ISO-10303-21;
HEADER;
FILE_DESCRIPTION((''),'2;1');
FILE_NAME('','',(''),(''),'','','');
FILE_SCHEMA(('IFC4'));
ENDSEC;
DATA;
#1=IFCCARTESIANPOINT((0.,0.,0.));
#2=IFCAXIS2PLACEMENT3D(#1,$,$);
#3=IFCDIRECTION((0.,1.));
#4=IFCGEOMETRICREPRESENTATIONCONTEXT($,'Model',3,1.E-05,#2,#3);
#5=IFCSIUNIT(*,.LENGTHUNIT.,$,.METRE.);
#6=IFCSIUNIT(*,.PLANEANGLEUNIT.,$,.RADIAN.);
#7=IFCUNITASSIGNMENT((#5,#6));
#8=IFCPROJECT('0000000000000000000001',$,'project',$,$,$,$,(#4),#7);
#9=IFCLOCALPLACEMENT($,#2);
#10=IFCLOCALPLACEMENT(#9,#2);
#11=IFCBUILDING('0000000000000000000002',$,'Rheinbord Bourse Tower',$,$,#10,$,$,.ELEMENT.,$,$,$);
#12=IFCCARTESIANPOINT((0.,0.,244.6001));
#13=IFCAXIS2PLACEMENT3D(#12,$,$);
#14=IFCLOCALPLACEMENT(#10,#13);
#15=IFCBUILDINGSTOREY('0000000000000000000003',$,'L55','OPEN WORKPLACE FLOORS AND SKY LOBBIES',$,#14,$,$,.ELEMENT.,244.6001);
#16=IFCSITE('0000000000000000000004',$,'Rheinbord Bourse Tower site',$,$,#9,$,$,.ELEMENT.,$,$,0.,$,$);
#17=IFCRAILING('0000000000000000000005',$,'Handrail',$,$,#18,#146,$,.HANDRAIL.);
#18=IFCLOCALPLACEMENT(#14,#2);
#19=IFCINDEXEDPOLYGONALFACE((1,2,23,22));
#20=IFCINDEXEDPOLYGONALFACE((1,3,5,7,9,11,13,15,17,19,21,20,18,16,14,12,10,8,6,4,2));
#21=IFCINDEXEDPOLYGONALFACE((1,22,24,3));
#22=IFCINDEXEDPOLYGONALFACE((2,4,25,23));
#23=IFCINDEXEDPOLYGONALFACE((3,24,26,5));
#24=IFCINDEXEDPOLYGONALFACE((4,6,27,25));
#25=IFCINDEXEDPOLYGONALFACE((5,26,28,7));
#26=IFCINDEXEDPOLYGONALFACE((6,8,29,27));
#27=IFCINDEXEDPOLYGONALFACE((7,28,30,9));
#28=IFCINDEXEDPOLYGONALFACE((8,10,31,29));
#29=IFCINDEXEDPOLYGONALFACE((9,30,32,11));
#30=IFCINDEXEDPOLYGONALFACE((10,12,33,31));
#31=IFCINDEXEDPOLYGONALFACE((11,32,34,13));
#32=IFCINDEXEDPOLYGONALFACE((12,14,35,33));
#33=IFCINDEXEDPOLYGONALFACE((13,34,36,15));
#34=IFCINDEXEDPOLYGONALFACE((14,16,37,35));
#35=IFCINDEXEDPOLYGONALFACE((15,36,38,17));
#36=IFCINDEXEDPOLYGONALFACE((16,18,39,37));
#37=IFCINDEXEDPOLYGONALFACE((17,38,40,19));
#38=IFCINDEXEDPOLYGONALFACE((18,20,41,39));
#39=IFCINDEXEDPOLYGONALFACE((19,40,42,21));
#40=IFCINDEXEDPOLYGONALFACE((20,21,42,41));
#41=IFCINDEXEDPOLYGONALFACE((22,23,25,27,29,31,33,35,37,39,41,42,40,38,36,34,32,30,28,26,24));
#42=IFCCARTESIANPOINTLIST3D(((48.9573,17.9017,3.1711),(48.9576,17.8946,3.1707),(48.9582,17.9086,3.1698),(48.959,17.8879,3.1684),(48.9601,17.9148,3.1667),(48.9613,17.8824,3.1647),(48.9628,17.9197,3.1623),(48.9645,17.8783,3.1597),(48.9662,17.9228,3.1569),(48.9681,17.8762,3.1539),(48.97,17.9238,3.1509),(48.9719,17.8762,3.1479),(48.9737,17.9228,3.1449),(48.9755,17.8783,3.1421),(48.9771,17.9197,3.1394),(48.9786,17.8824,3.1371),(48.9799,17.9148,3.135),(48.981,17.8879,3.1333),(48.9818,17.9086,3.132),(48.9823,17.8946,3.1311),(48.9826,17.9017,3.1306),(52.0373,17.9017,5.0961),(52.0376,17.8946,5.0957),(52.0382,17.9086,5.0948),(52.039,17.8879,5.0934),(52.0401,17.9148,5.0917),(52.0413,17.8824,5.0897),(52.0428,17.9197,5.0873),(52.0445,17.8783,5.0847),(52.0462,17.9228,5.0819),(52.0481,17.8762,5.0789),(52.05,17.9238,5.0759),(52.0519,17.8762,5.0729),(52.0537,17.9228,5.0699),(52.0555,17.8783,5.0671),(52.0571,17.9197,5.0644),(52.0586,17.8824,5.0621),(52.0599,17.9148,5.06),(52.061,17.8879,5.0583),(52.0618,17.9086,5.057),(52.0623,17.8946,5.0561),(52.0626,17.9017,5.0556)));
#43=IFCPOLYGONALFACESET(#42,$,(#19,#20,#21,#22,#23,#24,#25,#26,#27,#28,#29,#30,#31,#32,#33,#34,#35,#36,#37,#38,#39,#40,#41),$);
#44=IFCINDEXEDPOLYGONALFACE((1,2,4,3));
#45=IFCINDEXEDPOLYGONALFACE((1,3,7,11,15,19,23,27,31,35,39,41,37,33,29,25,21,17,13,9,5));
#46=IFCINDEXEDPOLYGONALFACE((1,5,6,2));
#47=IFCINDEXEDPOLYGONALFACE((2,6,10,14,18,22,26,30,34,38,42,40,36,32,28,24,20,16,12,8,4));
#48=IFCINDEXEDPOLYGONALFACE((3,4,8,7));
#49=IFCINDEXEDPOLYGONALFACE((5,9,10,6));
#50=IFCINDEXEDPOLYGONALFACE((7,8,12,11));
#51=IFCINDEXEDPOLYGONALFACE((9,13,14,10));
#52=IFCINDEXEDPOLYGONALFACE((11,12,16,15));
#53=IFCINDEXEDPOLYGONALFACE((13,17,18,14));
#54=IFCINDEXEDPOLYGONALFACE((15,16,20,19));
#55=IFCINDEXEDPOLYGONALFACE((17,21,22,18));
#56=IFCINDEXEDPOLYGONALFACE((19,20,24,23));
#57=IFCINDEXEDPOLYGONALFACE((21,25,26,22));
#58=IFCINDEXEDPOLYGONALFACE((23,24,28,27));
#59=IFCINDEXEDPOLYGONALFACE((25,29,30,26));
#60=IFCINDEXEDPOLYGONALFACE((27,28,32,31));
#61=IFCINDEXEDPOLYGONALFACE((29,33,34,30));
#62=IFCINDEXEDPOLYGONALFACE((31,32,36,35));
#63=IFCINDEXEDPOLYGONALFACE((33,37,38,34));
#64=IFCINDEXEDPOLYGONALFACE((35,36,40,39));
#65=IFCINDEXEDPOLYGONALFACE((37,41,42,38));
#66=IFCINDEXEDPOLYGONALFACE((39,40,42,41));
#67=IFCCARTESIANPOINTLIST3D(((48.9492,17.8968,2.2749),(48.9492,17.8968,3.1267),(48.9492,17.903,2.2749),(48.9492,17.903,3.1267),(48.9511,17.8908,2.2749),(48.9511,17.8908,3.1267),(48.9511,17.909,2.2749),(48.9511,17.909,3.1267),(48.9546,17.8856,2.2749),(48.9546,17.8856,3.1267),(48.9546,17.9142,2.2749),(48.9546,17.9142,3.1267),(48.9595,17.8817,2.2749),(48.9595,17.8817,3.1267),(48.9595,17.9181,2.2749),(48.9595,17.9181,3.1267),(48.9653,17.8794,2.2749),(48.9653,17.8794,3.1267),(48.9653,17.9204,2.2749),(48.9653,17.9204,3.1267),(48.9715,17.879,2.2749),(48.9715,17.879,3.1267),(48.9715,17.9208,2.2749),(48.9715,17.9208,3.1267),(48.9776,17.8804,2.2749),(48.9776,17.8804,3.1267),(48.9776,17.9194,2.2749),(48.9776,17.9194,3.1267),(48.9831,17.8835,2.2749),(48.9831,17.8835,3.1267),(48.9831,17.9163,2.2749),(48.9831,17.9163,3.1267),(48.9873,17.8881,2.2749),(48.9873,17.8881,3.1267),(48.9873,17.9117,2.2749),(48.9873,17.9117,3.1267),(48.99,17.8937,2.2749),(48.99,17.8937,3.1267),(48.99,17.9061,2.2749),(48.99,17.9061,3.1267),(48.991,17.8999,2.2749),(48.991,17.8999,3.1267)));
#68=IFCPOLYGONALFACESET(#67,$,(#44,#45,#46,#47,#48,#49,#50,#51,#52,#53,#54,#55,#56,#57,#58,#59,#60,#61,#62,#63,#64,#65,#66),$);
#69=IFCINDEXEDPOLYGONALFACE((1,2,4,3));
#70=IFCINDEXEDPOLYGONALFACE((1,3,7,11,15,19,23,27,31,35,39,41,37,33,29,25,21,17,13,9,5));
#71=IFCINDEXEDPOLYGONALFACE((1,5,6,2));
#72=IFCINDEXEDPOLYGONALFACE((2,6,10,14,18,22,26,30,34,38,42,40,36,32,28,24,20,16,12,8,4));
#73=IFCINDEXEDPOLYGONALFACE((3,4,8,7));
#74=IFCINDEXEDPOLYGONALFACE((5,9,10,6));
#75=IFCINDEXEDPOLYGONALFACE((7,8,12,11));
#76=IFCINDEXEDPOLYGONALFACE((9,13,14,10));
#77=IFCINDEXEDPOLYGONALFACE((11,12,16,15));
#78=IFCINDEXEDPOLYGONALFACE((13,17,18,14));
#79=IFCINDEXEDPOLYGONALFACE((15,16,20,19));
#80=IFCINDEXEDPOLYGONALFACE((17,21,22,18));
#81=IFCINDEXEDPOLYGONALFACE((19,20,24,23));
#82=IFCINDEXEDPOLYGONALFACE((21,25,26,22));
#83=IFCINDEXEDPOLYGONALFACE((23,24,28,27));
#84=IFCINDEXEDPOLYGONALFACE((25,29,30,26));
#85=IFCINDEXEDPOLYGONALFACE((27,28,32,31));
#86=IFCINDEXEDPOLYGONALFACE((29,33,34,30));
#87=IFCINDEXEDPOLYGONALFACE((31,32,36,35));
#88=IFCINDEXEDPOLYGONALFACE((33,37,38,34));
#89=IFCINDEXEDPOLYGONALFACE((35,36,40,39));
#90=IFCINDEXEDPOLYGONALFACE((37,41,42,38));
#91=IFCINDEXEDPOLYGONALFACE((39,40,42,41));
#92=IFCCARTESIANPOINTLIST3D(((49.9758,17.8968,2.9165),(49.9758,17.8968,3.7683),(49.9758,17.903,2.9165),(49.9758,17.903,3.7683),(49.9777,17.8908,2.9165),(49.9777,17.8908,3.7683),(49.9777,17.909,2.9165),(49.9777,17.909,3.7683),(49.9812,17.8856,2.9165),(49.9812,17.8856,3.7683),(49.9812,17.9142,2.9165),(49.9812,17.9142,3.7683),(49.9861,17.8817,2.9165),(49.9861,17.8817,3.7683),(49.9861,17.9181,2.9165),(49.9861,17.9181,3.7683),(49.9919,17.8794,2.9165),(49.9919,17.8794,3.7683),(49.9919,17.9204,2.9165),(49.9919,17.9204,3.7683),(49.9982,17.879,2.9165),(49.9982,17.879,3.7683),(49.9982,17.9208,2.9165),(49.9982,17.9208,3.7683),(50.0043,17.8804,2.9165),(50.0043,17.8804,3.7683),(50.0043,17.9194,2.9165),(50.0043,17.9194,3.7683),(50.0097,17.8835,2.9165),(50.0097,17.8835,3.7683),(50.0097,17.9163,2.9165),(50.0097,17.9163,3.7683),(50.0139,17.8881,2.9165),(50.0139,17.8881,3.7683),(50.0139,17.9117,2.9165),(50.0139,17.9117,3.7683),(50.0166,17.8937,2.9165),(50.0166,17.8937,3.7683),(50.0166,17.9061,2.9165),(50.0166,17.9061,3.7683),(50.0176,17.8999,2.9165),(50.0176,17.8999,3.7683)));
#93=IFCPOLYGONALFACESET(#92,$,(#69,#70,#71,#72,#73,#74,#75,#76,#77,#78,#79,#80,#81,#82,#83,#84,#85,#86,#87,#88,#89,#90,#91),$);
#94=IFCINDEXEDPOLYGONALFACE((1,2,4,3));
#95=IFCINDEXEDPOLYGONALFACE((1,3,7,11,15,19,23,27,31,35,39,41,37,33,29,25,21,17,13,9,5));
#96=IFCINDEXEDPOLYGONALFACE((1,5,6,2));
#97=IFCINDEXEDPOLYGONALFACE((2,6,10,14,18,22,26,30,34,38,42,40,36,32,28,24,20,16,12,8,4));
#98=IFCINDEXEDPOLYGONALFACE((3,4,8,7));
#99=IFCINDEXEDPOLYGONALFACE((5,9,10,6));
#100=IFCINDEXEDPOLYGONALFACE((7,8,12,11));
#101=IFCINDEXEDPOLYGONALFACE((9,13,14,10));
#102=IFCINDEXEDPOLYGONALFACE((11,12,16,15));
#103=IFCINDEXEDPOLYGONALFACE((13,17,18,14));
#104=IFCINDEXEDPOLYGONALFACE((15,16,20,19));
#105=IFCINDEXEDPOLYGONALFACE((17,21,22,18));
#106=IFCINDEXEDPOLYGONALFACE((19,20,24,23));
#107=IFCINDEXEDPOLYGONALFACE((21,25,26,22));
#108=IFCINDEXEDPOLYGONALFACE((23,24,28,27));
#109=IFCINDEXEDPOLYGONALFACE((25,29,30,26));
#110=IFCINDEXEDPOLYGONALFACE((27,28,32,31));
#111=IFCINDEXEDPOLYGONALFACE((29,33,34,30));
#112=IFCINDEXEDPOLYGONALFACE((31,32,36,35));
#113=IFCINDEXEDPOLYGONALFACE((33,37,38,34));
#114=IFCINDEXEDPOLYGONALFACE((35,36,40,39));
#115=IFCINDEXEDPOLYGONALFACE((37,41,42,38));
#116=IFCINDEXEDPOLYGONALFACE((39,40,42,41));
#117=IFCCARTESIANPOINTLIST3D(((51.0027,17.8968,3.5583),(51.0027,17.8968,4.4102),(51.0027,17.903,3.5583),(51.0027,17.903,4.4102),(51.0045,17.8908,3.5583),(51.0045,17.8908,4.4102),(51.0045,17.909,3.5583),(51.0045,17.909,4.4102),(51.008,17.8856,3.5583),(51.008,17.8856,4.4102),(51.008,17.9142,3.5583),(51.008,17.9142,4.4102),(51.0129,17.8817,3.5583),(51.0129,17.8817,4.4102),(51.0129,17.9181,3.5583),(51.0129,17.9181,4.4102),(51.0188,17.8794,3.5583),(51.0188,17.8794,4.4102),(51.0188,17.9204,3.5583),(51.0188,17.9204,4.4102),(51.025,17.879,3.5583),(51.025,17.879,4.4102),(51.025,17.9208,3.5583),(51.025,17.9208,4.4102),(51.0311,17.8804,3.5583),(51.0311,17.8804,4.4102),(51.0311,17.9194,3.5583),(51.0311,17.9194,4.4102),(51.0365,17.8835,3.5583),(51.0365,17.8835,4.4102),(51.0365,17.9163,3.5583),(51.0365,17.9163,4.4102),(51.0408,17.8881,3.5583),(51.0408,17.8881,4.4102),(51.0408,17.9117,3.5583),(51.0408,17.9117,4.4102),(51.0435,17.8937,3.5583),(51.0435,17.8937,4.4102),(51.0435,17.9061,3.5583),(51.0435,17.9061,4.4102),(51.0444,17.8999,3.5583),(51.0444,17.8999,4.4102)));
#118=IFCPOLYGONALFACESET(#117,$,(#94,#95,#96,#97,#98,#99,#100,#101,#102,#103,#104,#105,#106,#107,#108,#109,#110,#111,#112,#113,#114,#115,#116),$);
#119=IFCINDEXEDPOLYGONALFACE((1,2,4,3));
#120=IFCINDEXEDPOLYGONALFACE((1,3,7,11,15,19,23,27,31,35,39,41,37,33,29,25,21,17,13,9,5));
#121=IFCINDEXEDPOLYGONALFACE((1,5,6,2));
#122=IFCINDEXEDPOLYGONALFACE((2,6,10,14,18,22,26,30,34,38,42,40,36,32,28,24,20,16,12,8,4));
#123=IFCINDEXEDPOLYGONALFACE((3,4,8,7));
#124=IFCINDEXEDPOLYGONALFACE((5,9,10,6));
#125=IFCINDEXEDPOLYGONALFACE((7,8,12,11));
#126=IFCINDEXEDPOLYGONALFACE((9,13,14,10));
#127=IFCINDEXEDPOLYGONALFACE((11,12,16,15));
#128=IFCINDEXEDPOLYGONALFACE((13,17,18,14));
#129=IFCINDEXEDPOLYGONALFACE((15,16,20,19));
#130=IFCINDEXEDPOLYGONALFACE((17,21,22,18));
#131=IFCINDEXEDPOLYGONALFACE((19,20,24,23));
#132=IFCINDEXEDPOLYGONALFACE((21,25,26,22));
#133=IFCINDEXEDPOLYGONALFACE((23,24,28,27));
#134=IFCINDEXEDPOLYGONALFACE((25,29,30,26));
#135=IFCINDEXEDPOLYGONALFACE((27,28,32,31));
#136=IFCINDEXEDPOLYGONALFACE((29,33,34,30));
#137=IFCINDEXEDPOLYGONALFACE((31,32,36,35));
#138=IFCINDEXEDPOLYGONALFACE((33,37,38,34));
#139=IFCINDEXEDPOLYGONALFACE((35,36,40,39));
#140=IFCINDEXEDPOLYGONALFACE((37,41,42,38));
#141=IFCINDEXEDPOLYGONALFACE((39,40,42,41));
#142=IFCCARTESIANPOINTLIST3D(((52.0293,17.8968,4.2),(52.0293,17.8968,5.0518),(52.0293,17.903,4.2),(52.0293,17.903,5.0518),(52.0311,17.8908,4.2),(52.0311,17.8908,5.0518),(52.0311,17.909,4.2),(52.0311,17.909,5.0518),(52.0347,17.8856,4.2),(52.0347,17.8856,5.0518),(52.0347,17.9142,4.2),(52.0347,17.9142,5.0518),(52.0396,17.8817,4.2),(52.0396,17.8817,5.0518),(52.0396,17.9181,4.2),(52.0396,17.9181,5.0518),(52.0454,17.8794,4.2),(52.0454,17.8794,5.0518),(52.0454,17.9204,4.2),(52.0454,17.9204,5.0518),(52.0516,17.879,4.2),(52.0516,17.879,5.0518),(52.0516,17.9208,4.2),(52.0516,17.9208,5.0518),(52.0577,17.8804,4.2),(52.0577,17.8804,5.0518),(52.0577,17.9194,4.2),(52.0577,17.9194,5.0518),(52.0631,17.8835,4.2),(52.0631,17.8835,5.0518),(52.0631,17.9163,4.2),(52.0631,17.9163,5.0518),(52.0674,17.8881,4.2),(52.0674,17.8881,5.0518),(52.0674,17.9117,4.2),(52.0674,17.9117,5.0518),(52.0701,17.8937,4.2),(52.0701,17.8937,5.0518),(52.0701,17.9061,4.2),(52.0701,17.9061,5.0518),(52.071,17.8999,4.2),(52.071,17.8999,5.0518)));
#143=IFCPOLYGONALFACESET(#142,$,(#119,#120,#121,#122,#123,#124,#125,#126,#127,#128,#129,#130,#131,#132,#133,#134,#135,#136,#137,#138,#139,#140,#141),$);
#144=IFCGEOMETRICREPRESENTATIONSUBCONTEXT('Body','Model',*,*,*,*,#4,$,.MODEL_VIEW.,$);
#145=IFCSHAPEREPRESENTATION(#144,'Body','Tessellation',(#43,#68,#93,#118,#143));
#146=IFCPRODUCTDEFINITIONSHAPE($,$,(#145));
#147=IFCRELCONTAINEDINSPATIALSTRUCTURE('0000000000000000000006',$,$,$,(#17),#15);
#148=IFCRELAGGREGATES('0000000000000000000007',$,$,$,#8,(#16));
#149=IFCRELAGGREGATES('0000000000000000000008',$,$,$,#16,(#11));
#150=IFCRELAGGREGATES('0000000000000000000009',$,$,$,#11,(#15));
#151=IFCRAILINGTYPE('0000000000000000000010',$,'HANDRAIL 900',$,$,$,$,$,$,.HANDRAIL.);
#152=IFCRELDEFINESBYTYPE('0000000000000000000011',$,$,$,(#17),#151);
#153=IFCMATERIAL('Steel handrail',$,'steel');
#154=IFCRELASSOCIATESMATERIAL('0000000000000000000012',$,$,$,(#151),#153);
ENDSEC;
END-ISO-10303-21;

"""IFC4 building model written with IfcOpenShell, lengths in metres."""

from ifc_helpers import new_model, si_unit, direction, frame, origin, origin_2d, place, context, subcontext, project, spatial, circle, extrude, material, type_object, element, save


model = new_model("IFC4")

# Units and contexts
model_context = context("Model", 3, precision=1e-05, world=origin(), true_north=direction((0.0, 1.0)))
body_context = subcontext(model_context, "Body", "Model", "MODEL_VIEW")
ifc_project = project(units=[si_unit("LENGTHUNIT", "METRE"), si_unit("PLANEANGLEUNIT", "RADIAN")], contexts=[model_context])

# Site, building, storey
site_placement = place(None, origin())
site = spatial("IfcSite", under=ifc_project, at=site_placement, Name="Rheinbord Bourse Tower site", CompositionType="ELEMENT", RefElevation=0.0)
building_placement = place(site_placement, origin())
building = spatial("IfcBuilding", under=site, at=building_placement, Name="Rheinbord Bourse Tower", CompositionType="ELEMENT")
storey_placement = place(building_placement, frame((0.0, 0.0, 244.6001)))
storey = spatial("IfcBuildingStorey", under=building, at=storey_placement, Name="L55", Description="OPEN WORKPLACE FLOORS AND SKY LOBBIES", CompositionType="ELEMENT", Elevation=244.6001)

# Railing
ifc_material_1 = material(Name="Steel handrail", Category="steel")
railing_type = type_object("IfcRailingType", Name="HANDRAIL 900", PredefinedType="HANDRAIL", material=ifc_material_1)
railing_1_placement = place(storey_placement, frame((48.97, 17.8999, 2.2749)))
element("IfcRailing", 1, at=railing_1_placement, inside=storey, type_object=railing_type, Name="Handrail", PredefinedType="HANDRAIL", context=body_context, shape_type="SweptSolid", body=[
    extrude(circle(Radius=0.0239, at=origin_2d()), frame((0.0, 0.0, 0.876), z_axis=(0.847998, 0.0, 0.529999), x_axis=(0.0, 1.0, 0.0)), (0.0, 0.0, 1.0), 3.6321),
    extrude(circle(Radius=0.021, at=origin_2d()), origin(), (0.0, 0.0, 1.0), 0.8518),
    extrude(circle(Radius=0.021, at=origin_2d()), frame((1.0266, 0.0, 0.6416)), (0.0, 0.0, 1.0), 0.8518),
    extrude(circle(Radius=0.021, at=origin_2d()), frame((2.0535, 0.0, 1.2834)), (0.0, 0.0, 1.0), 0.8518),
    extrude(circle(Radius=0.021, at=origin_2d()), frame((3.0801, 0.0, 1.925)), (0.0, 0.0, 1.0), 0.8518),
])

save(model, "model.ifc")
